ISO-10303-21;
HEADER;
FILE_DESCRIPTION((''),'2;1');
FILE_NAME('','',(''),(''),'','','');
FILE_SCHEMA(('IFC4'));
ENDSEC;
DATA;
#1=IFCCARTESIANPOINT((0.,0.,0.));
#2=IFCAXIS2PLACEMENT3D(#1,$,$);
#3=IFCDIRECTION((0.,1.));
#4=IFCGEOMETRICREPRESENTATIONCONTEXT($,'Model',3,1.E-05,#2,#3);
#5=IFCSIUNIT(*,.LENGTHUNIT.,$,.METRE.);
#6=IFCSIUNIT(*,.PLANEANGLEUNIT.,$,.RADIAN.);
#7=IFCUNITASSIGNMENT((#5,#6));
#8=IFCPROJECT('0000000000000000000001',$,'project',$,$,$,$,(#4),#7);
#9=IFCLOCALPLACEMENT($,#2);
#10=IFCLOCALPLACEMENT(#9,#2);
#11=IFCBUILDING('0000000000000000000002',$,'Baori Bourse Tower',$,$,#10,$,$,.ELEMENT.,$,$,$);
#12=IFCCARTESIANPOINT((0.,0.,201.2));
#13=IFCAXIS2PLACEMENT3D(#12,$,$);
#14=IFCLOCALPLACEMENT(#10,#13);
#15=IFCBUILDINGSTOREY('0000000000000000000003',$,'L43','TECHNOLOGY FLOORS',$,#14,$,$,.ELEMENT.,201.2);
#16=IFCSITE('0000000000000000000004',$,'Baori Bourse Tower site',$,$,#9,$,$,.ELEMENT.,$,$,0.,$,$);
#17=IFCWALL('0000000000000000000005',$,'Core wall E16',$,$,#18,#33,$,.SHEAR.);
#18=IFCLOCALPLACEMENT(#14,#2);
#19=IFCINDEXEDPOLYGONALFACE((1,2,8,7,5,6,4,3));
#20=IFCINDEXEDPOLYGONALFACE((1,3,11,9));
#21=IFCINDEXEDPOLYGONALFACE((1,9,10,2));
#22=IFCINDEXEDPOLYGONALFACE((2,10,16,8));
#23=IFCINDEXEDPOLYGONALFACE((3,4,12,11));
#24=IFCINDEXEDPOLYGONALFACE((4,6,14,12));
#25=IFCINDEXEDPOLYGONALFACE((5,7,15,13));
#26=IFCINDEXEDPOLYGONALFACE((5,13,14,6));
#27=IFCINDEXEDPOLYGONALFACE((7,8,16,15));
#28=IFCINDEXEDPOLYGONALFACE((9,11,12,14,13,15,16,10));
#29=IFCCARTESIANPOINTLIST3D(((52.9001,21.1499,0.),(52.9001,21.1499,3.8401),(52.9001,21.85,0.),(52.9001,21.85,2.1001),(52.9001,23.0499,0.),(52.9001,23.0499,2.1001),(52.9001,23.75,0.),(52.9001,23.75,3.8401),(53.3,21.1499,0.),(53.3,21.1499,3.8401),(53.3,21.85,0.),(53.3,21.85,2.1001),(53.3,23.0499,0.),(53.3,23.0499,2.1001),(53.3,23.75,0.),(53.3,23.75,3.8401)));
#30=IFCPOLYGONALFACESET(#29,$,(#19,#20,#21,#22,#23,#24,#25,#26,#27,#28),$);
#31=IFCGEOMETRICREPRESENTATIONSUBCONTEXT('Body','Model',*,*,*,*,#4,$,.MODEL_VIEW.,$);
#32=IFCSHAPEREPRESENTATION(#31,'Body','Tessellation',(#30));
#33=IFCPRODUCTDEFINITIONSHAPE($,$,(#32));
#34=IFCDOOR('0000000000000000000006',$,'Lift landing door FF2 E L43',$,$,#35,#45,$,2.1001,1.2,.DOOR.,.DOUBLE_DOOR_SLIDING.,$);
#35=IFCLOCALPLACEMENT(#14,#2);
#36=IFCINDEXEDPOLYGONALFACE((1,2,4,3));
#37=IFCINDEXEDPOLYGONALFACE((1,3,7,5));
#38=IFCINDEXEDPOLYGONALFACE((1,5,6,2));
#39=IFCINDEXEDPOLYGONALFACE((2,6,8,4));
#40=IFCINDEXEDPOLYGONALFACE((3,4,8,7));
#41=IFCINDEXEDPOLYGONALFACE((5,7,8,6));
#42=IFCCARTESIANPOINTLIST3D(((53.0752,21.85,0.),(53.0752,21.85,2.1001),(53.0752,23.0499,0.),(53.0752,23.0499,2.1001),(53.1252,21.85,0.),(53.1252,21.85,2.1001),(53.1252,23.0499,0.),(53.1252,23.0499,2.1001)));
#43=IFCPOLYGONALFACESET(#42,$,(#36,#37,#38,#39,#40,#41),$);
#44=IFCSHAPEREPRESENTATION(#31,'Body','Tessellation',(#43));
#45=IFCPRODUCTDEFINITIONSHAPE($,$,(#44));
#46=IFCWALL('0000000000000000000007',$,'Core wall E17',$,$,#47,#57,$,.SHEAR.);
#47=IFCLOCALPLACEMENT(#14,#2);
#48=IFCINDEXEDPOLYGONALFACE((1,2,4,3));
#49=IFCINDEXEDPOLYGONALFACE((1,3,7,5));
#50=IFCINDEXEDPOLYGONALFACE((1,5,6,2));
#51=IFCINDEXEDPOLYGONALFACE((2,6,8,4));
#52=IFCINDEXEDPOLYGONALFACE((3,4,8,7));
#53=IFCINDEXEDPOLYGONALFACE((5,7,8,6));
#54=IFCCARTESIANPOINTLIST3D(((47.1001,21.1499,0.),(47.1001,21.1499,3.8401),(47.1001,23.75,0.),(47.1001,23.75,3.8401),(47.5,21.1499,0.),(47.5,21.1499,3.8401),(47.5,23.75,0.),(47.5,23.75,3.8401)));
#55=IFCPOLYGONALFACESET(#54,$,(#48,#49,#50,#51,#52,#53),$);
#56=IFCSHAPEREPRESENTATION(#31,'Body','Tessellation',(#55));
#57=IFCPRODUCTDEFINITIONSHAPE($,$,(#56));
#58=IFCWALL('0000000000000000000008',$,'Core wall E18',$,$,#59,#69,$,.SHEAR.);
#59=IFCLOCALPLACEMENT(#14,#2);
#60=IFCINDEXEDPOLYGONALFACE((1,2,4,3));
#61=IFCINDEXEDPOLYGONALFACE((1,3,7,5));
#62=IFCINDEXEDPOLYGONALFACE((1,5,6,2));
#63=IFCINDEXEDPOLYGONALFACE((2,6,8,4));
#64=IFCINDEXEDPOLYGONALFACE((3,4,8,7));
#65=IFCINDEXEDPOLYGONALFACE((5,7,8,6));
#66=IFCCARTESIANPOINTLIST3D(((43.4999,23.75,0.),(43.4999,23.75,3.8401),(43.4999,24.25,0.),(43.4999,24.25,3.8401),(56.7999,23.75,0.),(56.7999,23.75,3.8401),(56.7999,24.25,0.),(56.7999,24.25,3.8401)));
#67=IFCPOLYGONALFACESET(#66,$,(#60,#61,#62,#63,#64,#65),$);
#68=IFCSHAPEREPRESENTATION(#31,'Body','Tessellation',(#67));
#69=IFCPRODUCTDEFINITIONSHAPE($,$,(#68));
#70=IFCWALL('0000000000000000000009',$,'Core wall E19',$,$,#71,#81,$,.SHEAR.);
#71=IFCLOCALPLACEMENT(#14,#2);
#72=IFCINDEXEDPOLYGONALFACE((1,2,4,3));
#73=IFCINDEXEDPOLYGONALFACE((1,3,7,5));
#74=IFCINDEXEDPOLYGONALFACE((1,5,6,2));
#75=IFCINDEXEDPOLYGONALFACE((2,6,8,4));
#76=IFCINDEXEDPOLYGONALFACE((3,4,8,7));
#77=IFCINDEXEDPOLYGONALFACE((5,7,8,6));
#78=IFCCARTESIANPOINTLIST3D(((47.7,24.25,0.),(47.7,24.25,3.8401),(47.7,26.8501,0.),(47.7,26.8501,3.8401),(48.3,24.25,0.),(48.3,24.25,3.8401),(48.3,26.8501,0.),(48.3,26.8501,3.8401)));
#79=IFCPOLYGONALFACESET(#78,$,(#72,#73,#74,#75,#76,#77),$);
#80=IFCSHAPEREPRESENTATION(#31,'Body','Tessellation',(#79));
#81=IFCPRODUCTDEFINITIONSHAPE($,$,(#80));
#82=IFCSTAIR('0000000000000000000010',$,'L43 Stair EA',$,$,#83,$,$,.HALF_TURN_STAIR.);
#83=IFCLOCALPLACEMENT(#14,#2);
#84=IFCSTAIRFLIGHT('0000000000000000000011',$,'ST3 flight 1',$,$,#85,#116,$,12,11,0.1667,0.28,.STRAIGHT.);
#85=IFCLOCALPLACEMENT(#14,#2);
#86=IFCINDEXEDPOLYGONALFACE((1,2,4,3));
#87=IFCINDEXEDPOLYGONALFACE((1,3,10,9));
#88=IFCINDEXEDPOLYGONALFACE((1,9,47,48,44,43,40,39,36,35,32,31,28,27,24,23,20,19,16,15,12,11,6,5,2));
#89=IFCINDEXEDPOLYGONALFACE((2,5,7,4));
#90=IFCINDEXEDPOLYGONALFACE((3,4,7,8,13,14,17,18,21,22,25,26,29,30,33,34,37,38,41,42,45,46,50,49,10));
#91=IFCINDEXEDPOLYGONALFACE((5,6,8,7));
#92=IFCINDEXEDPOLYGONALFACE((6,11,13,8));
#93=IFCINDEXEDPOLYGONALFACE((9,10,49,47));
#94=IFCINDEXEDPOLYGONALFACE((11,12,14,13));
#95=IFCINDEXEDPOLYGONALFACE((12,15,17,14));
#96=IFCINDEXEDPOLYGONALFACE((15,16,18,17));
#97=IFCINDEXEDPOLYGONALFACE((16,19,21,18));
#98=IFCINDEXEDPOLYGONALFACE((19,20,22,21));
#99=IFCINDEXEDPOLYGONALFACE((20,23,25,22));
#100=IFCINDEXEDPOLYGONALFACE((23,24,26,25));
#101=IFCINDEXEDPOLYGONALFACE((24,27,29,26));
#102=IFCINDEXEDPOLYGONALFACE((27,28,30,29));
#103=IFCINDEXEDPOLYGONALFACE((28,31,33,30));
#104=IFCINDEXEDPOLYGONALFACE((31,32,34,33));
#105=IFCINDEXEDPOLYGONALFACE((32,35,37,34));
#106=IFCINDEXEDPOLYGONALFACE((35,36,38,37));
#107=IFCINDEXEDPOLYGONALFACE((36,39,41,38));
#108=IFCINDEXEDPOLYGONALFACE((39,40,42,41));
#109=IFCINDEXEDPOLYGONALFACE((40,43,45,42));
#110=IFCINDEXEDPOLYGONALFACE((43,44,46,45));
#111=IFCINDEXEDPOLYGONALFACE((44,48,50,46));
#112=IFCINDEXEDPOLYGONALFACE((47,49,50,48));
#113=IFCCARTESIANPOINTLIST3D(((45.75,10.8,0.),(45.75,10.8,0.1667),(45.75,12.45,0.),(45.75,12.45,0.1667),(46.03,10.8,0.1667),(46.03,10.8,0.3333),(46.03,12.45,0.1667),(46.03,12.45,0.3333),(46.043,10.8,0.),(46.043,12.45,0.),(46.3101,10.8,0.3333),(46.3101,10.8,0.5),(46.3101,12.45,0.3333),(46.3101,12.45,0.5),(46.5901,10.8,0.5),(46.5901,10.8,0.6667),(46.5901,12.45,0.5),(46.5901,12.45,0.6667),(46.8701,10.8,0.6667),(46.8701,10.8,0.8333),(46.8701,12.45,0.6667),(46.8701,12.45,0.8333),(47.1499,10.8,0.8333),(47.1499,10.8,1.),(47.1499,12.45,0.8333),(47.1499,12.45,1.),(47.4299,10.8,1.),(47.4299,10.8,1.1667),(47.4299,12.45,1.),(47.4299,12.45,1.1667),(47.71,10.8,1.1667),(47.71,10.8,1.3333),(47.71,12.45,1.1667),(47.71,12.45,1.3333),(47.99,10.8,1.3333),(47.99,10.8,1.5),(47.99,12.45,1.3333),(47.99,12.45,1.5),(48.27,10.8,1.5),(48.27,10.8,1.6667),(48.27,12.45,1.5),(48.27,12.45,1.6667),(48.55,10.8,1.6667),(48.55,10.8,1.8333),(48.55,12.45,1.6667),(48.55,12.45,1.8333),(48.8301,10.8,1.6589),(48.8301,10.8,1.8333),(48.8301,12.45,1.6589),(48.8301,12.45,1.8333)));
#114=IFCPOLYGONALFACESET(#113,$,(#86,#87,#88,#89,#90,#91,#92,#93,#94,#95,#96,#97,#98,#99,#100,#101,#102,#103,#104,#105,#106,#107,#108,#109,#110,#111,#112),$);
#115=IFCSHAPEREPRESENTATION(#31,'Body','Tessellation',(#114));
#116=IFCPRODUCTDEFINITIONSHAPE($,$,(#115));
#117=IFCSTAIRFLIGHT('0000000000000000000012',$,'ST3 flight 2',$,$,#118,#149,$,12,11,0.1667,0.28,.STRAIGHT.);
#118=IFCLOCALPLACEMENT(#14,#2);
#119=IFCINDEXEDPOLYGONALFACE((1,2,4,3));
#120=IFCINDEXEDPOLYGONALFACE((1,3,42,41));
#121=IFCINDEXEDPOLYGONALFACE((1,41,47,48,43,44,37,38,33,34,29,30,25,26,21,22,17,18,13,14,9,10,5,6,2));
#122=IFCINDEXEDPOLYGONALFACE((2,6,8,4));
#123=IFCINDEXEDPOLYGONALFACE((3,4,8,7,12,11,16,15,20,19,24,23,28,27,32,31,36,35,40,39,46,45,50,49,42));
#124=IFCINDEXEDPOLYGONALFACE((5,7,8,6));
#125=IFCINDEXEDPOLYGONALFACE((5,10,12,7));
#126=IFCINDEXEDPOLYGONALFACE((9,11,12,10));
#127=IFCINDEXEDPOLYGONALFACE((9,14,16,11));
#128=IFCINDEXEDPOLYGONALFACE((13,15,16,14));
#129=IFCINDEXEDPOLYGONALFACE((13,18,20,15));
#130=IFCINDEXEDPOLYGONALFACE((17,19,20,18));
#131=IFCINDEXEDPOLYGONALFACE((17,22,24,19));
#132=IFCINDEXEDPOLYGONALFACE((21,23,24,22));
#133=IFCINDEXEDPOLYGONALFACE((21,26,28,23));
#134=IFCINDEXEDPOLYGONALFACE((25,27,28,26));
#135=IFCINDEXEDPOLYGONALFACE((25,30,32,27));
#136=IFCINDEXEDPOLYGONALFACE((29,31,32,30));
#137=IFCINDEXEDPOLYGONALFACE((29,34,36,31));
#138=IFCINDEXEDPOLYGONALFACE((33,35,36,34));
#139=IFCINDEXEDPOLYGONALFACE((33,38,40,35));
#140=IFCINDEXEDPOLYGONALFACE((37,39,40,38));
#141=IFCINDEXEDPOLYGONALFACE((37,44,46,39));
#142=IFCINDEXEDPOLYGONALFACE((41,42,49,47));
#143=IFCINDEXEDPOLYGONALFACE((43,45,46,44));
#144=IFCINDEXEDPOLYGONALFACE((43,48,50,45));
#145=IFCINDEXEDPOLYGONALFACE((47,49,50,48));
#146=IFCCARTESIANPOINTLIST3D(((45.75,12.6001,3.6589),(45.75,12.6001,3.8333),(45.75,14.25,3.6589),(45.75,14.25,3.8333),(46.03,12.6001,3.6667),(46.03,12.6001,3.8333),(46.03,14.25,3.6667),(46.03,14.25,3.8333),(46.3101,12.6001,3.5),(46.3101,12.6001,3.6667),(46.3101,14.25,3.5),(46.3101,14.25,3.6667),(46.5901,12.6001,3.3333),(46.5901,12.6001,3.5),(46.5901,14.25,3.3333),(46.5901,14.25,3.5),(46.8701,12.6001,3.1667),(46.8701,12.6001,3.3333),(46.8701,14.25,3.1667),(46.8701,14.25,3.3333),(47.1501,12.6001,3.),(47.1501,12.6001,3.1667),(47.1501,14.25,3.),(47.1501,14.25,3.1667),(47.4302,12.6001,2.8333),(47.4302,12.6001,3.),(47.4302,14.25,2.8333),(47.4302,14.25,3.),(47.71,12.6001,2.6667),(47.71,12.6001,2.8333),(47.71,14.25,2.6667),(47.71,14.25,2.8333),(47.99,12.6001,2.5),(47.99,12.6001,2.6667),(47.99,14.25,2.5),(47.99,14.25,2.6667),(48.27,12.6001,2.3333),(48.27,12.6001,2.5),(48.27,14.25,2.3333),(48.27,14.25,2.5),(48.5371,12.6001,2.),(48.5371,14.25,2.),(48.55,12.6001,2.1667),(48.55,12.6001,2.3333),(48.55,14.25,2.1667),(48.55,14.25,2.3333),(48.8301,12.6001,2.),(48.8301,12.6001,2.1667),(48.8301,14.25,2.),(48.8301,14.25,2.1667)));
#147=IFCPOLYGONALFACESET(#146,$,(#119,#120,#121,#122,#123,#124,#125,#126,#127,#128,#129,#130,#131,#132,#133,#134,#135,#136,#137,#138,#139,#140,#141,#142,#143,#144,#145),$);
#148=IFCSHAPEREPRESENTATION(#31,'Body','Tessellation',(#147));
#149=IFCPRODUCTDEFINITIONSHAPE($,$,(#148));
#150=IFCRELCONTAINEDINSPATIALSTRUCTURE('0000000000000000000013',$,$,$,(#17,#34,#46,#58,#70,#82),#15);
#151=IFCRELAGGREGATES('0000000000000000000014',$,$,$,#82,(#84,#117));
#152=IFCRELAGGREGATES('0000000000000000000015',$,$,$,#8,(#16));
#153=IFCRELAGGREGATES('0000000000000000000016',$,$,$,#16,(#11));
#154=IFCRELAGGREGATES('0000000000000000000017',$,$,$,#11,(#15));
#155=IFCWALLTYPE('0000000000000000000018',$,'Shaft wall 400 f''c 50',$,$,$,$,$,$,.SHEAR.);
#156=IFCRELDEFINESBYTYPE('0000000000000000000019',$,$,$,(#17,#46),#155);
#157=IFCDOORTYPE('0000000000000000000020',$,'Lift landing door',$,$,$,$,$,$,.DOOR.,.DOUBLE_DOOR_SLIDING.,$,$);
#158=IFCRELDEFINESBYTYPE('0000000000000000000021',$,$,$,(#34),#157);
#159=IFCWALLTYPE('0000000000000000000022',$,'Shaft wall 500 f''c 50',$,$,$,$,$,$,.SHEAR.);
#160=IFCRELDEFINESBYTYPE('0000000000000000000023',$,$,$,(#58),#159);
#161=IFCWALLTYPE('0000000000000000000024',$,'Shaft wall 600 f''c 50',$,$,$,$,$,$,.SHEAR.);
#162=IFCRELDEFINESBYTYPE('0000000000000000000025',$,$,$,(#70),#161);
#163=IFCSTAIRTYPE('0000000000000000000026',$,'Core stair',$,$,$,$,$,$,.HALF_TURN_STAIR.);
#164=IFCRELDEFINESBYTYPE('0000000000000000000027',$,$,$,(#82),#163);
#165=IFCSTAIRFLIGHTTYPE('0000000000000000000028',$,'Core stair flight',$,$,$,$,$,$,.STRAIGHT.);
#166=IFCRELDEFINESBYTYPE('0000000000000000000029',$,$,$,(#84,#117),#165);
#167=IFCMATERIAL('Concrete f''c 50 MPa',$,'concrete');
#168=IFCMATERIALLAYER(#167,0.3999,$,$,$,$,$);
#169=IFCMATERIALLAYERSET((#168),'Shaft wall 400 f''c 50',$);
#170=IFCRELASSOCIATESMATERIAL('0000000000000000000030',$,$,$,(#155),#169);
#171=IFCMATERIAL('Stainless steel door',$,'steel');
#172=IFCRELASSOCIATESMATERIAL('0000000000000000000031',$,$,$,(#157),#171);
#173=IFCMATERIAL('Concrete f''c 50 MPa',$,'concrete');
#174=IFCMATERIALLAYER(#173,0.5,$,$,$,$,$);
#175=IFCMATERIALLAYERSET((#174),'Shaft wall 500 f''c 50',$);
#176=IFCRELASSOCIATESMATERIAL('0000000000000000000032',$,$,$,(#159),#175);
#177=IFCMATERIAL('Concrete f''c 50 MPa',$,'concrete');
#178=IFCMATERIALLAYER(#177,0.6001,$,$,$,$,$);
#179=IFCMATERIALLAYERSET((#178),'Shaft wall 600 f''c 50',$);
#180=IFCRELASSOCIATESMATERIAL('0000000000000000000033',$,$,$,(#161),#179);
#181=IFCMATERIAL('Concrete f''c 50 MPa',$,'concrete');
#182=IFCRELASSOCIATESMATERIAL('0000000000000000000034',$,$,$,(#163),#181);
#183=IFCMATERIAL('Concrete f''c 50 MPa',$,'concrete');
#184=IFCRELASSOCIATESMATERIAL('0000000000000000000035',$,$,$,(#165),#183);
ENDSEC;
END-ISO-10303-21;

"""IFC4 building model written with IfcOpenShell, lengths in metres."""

from ifc_helpers import new_model, si_unit, direction, frame, frame_2d, origin, place, context, subcontext, project, spatial, polyline, rectangle, outline, extrude, material, layer, layer_set, type_object, element, fill, aggregate, save


model = new_model("IFC4")

# Units and contexts
model_context = context("Model", 3, precision=1e-05, world=origin(), true_north=direction((0.0, 1.0)))
body_context = subcontext(model_context, "Body", "Model", "MODEL_VIEW")
ifc_project = project(units=[si_unit("LENGTHUNIT", "METRE"), si_unit("PLANEANGLEUNIT", "RADIAN")], contexts=[model_context])

# Site, building, storey
site_placement = place(None, origin())
site = spatial("IfcSite", under=ifc_project, at=site_placement, Name="Baori Bourse Tower site", CompositionType="ELEMENT", RefElevation=0.0)
building_placement = place(site_placement, origin())
building = spatial("IfcBuilding", under=site, at=building_placement, Name="Baori Bourse Tower", CompositionType="ELEMENT")
storey_placement = place(building_placement, frame((0.0, 0.0, 201.2)))
storey = spatial("IfcBuildingStorey", under=building, at=storey_placement, Name="L43", Description="TECHNOLOGY FLOORS", CompositionType="ELEMENT", Elevation=201.2)

# Shared definitions
ifc_material_1 = material(Name="Concrete f'c 50 MPa", Category="concrete")
ifc_layer_1 = layer(ifc_material_1, 0.3999)
ifc_layer_set_1 = layer_set([ifc_layer_1], Name="Shaft wall 400 f'c 50")
wall_type_1 = type_object("IfcWallType", Name="Shaft wall 400 f'c 50", PredefinedType="SHEAR", material=ifc_layer_set_1)

# Wall, opening, door
wall_1_placement = place(storey_placement, frame((53.1001, 21.1499, 0.0), z_axis=(0.0, 0.0, 1.0), x_axis=(0.0, 1.0, 0.0)))
wall_1 = element("IfcWall", 1, at=wall_1_placement, inside=storey, type_object=wall_type_1, Name="Core wall E16", PredefinedType="SHEAR", context=body_context, shape_type="SweptSolid", body=[
    extrude(rectangle(XDim=2.6001, YDim=0.3999, at=frame_2d((1.3, 0.0))), origin(), (0.0, 0.0, 1.0), 3.8401),
])
opening_1_placement = place(wall_1_placement, frame((0.7, 0.0, 0.0)))
opening_1 = element("IfcOpeningElement", 2, at=opening_1_placement, cuts=wall_1, PredefinedType="OPENING", context=body_context, shape_type="SweptSolid", body=[
    extrude(rectangle(XDim=1.2, YDim=2.1001, at=frame_2d((0.6001, 1.05))), frame((0.0, 0.21, 0.0), z_axis=(0.0, -1.0, 0.0), x_axis=(1.0, 0.0, 0.0)), (0.0, 0.0, 1.0), 0.4199),
])
ifc_material_2 = material(Name="Stainless steel door", Category="steel")
door_type_1 = type_object("IfcDoorType", Name="Lift landing door", OperationType="DOUBLE_DOOR_SLIDING", PredefinedType="DOOR", material=ifc_material_2)
door_1_placement = place(opening_1_placement, origin())
door_1 = element("IfcDoor", 3, at=door_1_placement, inside=storey, type_object=door_type_1, Name="Lift landing door FF2 E L43", OperationType="DOUBLE_DOOR_SLIDING", OverallHeight=2.1001, OverallWidth=1.2, PredefinedType="DOOR", context=body_context, shape_type="SweptSolid", body=[
    extrude(rectangle(XDim=1.2, YDim=2.1001, at=frame_2d((0.6001, 1.05))), frame((0.0, 0.0249, 0.0), z_axis=(0.0, -1.0, 0.0), x_axis=(1.0, 0.0, 0.0)), (0.0, 0.0, 1.0), 0.05),
])
fill(opening_1, door_1)

# Walls
wall_2_placement = place(storey_placement, frame((47.3, 21.1499, 0.0), z_axis=(0.0, 0.0, 1.0), x_axis=(0.0, 1.0, 0.0)))
element("IfcWall", 4, at=wall_2_placement, inside=storey, type_object=wall_type_1, Name="Core wall E17", PredefinedType="SHEAR", context=body_context, shape_type="SweptSolid", body=[
    extrude(rectangle(XDim=2.6001, YDim=0.3999, at=frame_2d((1.3, 0.0))), origin(), (0.0, 0.0, 1.0), 3.8401),
])
ifc_material_3 = material(Name="Concrete f'c 50 MPa", Category="concrete")
ifc_layer_2 = layer(ifc_material_3, 0.5)
ifc_layer_set_2 = layer_set([ifc_layer_2], Name="Shaft wall 500 f'c 50")
wall_type_2 = type_object("IfcWallType", Name="Shaft wall 500 f'c 50", PredefinedType="SHEAR", material=ifc_layer_set_2)
wall_3_placement = place(storey_placement, frame((43.5, 24.0, 0.0), z_axis=(0.0, 0.0, 1.0), x_axis=(1.0, 0.0, 0.0)))
element("IfcWall", 5, at=wall_3_placement, inside=storey, type_object=wall_type_2, Name="Core wall E18", PredefinedType="SHEAR", context=body_context, shape_type="SweptSolid", body=[
    extrude(rectangle(XDim=13.3, YDim=0.5, at=frame_2d((6.6499, 0.0))), origin(), (0.0, 0.0, 1.0), 3.8401),
])
ifc_material_4 = material(Name="Concrete f'c 50 MPa", Category="concrete")
ifc_layer_3 = layer(ifc_material_4, 0.6001)
ifc_layer_set_3 = layer_set([ifc_layer_3], Name="Shaft wall 600 f'c 50")
wall_type_3 = type_object("IfcWallType", Name="Shaft wall 600 f'c 50", PredefinedType="SHEAR", material=ifc_layer_set_3)
wall_4_placement = place(storey_placement, frame((48.0, 24.25, 0.0), z_axis=(0.0, 0.0, 1.0), x_axis=(0.0, 1.0, 0.0)))
element("IfcWall", 6, at=wall_4_placement, inside=storey, type_object=wall_type_3, Name="Core wall E19", PredefinedType="SHEAR", context=body_context, shape_type="SweptSolid", body=[
    extrude(rectangle(XDim=2.6001, YDim=0.6001, at=frame_2d((1.3, 0.0))), origin(), (0.0, 0.0, 1.0), 3.8401),
])

# Stair, stair flights
ifc_material_5 = material(Name="Concrete f'c 50 MPa", Category="concrete")
stair_type = type_object("IfcStairType", Name="Core stair", PredefinedType="HALF_TURN_STAIR", material=ifc_material_5)
stair_placement = place(storey_placement, origin())
stair = element("IfcStair", 7, at=stair_placement, inside=storey, type_object=stair_type, Name="L43 Stair EA", PredefinedType="HALF_TURN_STAIR")
ifc_material_6 = material(Name="Concrete f'c 50 MPa", Category="concrete")
stair_flight_type = type_object("IfcStairFlightType", Name="Core stair flight", PredefinedType="STRAIGHT", material=ifc_material_6)
stair_flight_1_placement = place(storey_placement, frame((45.75, 11.625, 0.0), z_axis=(0.0, 0.0, 1.0), x_axis=(1.0, 0.0, 0.0)))
stair_flight_1 = element("IfcStairFlight", 8, at=stair_flight_1_placement, type_object=stair_flight_type, Name="ST3 flight 1", NumberOfRisers=12, NumberOfTreads=11, PredefinedType="STRAIGHT", RiserHeight=0.1667, TreadLength=0.28, context=body_context, shape_type="SweptSolid", body=[
    extrude(outline(polyline([(0.0, 0.0), (0.0, 0.1667), (0.28, 0.1667), (0.28, 0.3333), (0.5601, 0.3333), (0.5601, 0.5), (0.8401, 0.5), (0.8401, 0.6667), (1.1201, 0.6667), (1.1201, 0.8333), (1.3999, 0.8333), (1.3999, 1.0), (1.6799, 1.0), (1.6799, 1.1667), (1.96, 1.1667), (1.96, 1.3333), (2.24, 1.3333), (2.24, 1.5), (2.52, 1.5), (2.52, 1.6667), (2.8, 1.6667), (2.8, 1.8333), (3.0801, 1.8333), (3.0801, 2.0), (3.0801, 1.6589), (0.293, 0.0), (0.0, 0.0)])), frame((0.0, 0.825, 0.0), z_axis=(0.0, -1.0, 0.0), x_axis=(1.0, 0.0, 0.0)), (0.0, 0.0, 1.0), 1.6499),
])
stair_flight_2_placement = place(storey_placement, frame((48.8301, 13.425, 2.0), z_axis=(0.0, 0.0, 1.0), x_axis=(-1.0, 0.0, 0.0)))
stair_flight_2 = element("IfcStairFlight", 9, at=stair_flight_2_placement, type_object=stair_flight_type, Name="ST3 flight 2", NumberOfRisers=12, NumberOfTreads=11, PredefinedType="STRAIGHT", RiserHeight=0.1667, TreadLength=0.28, context=body_context, shape_type="SweptSolid", body=[
    extrude(outline(polyline([(0.0, 0.0), (0.0, 0.1667), (0.28, 0.1667), (0.28, 0.3333), (0.5601, 0.3333), (0.5601, 0.5), (0.8401, 0.5), (0.8401, 0.6667), (1.1201, 0.6667), (1.1201, 0.8333), (1.3999, 0.8333), (1.3999, 1.0), (1.6799, 1.0), (1.6799, 1.1667), (1.96, 1.1667), (1.96, 1.3333), (2.24, 1.3333), (2.24, 1.5), (2.52, 1.5), (2.52, 1.6667), (2.8, 1.6667), (2.8, 1.8333), (3.0801, 1.8333), (3.0801, 2.0), (3.0801, 1.6589), (0.293, 0.0), (0.0, 0.0)])), frame((0.0, 0.825, 0.0), z_axis=(0.0, -1.0, 0.0), x_axis=(1.0, 0.0, 0.0)), (0.0, 0.0, 1.0), 1.6499),
])
aggregate(stair, [stair_flight_1, stair_flight_2])

save(model, "model.ifc")
